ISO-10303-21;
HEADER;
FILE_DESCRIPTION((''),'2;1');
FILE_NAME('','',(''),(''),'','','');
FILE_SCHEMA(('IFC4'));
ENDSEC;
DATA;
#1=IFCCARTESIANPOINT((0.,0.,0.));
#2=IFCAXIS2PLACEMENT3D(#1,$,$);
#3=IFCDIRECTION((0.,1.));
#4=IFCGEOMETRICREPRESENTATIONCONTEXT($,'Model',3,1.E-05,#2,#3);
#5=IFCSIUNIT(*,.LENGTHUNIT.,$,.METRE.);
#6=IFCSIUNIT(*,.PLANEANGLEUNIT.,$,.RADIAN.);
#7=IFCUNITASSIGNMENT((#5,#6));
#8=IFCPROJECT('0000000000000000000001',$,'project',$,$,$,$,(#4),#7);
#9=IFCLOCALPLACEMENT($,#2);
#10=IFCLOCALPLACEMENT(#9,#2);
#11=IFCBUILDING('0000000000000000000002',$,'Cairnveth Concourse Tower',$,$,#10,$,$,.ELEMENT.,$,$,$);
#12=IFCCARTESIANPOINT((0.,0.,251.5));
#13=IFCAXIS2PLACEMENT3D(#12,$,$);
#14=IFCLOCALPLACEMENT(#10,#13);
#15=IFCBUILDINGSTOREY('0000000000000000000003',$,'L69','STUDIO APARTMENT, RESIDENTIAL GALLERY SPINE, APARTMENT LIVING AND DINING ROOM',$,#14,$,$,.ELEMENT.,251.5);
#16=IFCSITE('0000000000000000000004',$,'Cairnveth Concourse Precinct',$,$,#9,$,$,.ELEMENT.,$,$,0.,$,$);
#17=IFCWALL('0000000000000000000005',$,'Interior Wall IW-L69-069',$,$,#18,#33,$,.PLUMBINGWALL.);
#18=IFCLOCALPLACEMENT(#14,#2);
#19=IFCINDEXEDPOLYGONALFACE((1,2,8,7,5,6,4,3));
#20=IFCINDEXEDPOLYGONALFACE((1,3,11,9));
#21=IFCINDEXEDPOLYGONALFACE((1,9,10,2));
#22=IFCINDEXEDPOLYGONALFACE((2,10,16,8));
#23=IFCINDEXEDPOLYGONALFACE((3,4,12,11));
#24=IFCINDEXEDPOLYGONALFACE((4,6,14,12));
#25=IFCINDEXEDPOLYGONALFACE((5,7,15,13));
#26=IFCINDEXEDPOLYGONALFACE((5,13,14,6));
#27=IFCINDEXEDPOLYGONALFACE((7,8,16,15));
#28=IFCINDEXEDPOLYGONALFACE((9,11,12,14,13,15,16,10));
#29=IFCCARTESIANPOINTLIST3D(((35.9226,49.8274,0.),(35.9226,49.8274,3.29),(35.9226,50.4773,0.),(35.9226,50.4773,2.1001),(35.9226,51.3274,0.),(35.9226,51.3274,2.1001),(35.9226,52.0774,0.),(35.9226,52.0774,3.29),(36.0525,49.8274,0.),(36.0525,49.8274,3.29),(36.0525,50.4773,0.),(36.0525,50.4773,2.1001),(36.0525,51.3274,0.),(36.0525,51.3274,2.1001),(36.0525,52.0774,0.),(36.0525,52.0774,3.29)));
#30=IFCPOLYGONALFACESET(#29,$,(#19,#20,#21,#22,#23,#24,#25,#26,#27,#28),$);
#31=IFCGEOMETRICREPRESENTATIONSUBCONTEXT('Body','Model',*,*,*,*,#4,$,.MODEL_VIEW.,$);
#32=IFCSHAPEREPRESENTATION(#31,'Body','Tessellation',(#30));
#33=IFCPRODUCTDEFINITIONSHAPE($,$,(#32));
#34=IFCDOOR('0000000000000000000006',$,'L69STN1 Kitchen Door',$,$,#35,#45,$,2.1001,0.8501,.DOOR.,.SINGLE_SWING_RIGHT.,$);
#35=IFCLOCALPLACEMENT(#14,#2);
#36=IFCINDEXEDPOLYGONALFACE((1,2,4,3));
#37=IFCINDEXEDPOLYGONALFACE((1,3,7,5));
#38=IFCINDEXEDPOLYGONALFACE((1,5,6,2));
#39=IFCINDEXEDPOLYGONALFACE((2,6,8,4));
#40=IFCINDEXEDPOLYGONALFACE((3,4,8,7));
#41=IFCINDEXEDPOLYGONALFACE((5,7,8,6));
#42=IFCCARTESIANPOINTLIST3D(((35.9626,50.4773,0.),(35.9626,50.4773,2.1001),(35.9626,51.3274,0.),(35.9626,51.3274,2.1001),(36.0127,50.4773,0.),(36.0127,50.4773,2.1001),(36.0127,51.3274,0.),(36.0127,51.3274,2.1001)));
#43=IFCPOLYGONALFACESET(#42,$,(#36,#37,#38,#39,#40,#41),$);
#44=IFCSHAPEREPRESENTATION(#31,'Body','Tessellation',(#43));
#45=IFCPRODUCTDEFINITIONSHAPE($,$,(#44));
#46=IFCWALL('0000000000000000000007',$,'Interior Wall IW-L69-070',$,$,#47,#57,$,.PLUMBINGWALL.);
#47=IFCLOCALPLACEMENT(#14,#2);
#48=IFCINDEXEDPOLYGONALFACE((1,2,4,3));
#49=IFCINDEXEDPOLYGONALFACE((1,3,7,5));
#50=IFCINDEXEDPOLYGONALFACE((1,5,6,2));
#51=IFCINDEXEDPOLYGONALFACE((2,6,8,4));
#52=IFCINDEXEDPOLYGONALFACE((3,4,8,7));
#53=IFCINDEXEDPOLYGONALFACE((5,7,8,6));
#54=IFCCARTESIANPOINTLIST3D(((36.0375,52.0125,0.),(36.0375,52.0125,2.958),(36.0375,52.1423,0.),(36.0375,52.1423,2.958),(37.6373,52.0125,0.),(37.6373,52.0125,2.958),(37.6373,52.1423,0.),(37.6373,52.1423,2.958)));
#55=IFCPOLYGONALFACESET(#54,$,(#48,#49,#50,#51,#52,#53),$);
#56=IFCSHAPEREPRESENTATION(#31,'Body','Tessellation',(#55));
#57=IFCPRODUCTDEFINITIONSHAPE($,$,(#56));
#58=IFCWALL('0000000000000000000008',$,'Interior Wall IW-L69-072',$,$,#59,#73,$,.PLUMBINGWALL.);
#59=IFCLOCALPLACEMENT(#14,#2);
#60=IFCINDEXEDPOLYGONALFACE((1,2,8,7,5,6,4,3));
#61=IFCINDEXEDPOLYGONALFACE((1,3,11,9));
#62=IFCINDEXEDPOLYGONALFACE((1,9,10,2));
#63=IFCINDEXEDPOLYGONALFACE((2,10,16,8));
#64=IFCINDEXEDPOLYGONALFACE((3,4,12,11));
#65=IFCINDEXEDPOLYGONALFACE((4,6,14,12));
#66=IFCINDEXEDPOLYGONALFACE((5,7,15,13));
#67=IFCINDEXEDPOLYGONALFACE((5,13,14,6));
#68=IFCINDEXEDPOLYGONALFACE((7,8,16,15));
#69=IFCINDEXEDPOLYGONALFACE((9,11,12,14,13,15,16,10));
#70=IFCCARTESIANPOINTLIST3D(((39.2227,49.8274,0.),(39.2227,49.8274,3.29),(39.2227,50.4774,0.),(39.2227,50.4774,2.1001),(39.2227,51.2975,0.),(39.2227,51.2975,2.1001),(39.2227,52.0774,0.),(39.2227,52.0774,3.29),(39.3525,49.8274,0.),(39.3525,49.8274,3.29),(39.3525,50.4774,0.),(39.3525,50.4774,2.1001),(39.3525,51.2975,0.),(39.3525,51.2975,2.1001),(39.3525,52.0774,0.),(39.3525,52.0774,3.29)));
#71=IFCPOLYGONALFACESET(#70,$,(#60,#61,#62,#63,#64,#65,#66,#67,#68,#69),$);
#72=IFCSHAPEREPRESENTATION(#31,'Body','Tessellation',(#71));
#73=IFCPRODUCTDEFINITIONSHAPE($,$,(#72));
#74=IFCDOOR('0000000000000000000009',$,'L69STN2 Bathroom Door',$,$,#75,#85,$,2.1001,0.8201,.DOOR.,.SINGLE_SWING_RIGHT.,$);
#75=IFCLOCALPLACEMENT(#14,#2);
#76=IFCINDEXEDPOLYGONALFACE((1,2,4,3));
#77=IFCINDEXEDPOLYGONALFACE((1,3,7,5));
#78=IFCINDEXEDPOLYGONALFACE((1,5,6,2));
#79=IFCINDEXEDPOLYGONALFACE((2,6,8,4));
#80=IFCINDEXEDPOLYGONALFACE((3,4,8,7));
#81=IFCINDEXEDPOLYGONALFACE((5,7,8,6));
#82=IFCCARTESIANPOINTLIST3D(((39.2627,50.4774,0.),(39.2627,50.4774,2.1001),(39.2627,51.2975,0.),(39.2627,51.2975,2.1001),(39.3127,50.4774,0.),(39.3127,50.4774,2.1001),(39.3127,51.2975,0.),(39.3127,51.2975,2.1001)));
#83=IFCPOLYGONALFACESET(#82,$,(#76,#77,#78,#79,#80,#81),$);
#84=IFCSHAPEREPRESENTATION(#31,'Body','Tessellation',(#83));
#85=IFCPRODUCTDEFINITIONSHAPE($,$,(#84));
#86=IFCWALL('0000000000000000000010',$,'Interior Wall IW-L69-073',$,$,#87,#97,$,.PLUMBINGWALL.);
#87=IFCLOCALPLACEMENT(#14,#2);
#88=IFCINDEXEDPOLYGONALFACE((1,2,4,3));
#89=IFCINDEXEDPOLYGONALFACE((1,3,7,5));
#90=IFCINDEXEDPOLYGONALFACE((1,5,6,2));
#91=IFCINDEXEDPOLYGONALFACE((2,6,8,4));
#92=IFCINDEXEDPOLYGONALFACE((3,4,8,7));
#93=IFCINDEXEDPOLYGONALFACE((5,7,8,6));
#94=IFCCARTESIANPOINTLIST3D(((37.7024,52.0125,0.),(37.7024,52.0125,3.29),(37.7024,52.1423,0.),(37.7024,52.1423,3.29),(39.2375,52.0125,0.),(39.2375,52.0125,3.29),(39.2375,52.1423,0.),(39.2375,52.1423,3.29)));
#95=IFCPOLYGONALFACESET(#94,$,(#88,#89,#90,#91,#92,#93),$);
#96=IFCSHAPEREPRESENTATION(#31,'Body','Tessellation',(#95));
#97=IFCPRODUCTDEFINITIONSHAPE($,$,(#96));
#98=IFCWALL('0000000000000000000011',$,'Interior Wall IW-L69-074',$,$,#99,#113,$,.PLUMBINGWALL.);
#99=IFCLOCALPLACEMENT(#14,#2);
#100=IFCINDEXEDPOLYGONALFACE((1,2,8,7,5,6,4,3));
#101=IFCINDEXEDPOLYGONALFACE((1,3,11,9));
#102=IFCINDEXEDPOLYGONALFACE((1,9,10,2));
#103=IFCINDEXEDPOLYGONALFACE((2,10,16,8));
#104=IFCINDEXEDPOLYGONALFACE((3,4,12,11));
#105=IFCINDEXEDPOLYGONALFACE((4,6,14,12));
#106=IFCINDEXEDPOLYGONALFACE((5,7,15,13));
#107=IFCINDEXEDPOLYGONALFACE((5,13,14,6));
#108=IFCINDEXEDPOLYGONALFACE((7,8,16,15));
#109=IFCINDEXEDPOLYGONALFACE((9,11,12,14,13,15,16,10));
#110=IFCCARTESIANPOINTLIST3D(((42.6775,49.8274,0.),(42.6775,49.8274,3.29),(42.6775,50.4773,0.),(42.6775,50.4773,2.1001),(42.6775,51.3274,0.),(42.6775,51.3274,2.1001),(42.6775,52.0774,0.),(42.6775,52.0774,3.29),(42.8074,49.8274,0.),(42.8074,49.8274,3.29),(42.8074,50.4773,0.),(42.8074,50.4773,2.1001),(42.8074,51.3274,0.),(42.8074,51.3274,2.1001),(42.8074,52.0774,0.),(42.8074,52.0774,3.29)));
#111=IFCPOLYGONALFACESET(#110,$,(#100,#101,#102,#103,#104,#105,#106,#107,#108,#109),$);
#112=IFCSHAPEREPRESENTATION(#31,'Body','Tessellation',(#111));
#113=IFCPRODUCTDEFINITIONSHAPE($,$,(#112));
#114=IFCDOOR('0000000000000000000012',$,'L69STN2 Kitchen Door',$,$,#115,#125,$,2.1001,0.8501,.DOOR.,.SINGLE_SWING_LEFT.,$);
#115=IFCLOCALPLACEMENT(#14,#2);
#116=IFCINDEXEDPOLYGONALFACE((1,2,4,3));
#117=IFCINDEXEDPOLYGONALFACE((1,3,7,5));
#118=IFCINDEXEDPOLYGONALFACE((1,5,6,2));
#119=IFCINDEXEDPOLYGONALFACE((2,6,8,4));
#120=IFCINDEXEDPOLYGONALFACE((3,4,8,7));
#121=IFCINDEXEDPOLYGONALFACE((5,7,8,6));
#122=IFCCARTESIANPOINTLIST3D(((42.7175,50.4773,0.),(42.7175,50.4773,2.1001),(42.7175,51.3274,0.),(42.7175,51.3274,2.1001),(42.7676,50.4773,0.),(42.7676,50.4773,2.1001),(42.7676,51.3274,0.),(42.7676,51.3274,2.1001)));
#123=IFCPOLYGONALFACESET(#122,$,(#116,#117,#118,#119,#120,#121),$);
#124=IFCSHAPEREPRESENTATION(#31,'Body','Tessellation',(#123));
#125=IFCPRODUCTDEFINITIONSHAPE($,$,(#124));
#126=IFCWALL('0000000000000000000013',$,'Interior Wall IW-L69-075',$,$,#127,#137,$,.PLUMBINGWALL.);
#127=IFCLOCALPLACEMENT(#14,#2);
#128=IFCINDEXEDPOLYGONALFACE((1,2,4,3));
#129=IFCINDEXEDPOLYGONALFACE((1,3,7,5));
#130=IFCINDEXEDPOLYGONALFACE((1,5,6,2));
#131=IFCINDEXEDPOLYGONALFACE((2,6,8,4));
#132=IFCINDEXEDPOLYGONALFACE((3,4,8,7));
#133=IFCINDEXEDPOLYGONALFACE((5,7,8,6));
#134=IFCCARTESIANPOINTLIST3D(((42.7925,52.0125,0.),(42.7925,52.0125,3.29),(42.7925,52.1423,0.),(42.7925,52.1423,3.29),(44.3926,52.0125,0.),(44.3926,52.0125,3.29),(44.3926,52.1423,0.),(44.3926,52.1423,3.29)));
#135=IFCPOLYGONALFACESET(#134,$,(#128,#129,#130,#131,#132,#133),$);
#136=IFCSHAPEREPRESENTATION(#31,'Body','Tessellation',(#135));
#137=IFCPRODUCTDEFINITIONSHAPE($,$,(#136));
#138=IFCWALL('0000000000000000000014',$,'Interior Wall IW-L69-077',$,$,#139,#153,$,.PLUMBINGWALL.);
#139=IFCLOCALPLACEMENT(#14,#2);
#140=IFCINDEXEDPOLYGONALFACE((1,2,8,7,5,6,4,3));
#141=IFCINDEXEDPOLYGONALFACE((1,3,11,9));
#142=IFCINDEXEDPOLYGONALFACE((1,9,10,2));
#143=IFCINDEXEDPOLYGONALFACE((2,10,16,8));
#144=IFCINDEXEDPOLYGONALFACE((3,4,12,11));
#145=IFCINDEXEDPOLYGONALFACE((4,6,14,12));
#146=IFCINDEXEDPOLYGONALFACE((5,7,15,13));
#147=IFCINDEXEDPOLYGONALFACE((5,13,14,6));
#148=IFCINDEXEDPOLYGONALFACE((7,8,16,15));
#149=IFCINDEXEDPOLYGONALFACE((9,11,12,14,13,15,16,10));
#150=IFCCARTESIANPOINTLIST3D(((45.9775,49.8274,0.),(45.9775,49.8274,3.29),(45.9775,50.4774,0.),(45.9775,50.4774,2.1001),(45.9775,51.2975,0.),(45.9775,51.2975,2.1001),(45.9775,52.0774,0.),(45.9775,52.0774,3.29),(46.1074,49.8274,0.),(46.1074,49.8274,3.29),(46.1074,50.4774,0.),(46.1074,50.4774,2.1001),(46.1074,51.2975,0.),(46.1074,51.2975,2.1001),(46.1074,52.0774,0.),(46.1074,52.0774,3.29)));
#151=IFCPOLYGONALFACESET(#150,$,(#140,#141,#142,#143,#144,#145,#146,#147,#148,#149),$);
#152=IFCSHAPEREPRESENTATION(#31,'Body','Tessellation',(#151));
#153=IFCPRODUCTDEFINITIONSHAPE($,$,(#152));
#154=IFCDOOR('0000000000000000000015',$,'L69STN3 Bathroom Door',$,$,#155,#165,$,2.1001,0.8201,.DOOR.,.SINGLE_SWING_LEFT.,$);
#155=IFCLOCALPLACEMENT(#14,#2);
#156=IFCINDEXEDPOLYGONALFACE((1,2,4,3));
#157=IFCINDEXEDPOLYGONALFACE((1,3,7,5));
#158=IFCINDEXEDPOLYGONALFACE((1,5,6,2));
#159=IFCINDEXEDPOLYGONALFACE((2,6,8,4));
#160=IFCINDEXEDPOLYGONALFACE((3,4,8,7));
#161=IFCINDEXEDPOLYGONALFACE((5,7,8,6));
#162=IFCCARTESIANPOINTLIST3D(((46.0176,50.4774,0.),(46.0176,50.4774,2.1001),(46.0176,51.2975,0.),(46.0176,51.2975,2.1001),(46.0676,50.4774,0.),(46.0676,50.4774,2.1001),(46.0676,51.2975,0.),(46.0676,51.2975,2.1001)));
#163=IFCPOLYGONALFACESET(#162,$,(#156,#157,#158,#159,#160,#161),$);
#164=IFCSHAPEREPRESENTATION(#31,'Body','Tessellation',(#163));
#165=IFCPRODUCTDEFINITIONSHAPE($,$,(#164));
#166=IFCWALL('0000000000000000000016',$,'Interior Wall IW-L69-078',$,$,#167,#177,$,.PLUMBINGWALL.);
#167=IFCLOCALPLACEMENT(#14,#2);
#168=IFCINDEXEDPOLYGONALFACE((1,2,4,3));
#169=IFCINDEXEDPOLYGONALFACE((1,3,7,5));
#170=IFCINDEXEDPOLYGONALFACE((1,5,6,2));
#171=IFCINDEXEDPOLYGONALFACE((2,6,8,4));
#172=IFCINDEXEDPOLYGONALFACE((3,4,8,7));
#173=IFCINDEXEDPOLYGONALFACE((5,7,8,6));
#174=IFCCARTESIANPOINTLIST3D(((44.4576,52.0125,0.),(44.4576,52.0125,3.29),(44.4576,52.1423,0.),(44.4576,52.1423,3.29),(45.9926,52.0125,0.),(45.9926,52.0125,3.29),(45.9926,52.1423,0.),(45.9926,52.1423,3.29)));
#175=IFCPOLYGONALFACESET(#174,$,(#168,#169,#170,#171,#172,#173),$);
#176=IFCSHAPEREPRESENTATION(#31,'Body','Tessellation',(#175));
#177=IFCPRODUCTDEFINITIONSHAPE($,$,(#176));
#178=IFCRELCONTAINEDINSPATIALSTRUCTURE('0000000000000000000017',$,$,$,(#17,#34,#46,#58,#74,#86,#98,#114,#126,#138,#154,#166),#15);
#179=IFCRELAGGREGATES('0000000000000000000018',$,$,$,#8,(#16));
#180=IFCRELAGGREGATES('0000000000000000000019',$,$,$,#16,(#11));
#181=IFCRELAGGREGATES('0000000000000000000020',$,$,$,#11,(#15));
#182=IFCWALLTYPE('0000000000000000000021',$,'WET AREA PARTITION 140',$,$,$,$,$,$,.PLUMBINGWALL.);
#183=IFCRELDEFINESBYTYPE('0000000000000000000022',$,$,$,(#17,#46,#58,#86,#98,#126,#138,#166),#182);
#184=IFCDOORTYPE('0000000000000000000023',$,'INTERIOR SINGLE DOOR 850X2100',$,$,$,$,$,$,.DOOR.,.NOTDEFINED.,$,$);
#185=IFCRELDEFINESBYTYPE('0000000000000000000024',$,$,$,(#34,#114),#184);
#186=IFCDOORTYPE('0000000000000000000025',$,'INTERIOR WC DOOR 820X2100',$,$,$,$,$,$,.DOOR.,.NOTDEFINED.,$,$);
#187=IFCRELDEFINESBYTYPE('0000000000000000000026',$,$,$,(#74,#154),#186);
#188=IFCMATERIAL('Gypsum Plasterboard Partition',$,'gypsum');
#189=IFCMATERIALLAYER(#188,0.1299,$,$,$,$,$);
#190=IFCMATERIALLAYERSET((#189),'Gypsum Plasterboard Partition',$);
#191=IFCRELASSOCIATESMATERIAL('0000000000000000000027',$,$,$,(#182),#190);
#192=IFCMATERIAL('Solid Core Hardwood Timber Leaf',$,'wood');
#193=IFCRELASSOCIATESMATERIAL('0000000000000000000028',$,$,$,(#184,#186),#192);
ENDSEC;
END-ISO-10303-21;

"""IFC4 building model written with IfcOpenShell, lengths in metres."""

from ifc_helpers import new_model, si_unit, direction, frame, frame_2d, origin, place, context, subcontext, project, spatial, rectangle, extrude, material, layer, layer_set, type_object, element, fill, save


model = new_model("IFC4")

# Units and contexts
model_context = context("Model", 3, precision=1e-05, world=origin(), true_north=direction((0.0, 1.0)))
body_context = subcontext(model_context, "Body", "Model", "MODEL_VIEW")
ifc_project = project(units=[si_unit("LENGTHUNIT", "METRE"), si_unit("PLANEANGLEUNIT", "RADIAN")], contexts=[model_context])

# Site, building, storey
site_placement = place(None, origin())
site = spatial("IfcSite", under=ifc_project, at=site_placement, Name="Cairnveth Concourse Precinct", CompositionType="ELEMENT", RefElevation=0.0)
building_placement = place(site_placement, origin())
building = spatial("IfcBuilding", under=site, at=building_placement, Name="Cairnveth Concourse Tower", CompositionType="ELEMENT")
storey_placement = place(building_placement, frame((0.0, 0.0, 251.5)))
storey = spatial("IfcBuildingStorey", under=building, at=storey_placement, Name="L69", Description="STUDIO APARTMENT, RESIDENTIAL GALLERY SPINE, APARTMENT LIVING AND DINING ROOM", CompositionType="ELEMENT", Elevation=251.5)

# Shared definitions
ifc_material_1 = material(Name="Gypsum Plasterboard Partition", Category="gypsum")

# Wall, opening, door
ifc_layer_1 = layer(ifc_material_1, 0.1299)
ifc_layer_set_1 = layer_set([ifc_layer_1], Name="Gypsum Plasterboard Partition")
wall_type_1 = type_object("IfcWallType", Name="WET AREA PARTITION 140", PredefinedType="PLUMBINGWALL", material=ifc_layer_set_1)
wall_1_placement = place(storey_placement, frame((35.9875, 49.8274, 0.0), z_axis=(0.0, 0.0, 1.0), x_axis=(0.0, 1.0, 0.0)))
wall_1 = element("IfcWall", 1, at=wall_1_placement, inside=storey, type_object=wall_type_1, Name="Interior Wall IW-L69-069", PredefinedType="PLUMBINGWALL", context=body_context, shape_type="SweptSolid", body=[
    extrude(rectangle(XDim=2.25, YDim=0.1299, at=frame_2d((1.125, 0.0))), origin(), (0.0, 0.0, 1.0), 3.29),
])
opening_1_placement = place(wall_1_placement, frame((0.6499, 0.0, 0.0)))
opening_1 = element("IfcOpeningElement", 2, at=opening_1_placement, cuts=wall_1, PredefinedType="OPENING", context=body_context, shape_type="SweptSolid", body=[
    extrude(rectangle(XDim=0.8501, YDim=2.1001, at=frame_2d((0.425, 1.05))), frame((0.0, 0.075, 0.0), z_axis=(0.0, -1.0, 0.0), x_axis=(1.0, 0.0, 0.0)), (0.0, 0.0, 1.0), 0.1499),
])
ifc_material_2 = material(Name="Solid Core Hardwood Timber Leaf", Category="wood")
door_type_1 = type_object("IfcDoorType", Name="INTERIOR SINGLE DOOR 850X2100", OperationType="NOTDEFINED", PredefinedType="DOOR", material=ifc_material_2)
door_1_placement = place(opening_1_placement, origin())
door_1 = element("IfcDoor", 3, at=door_1_placement, inside=storey, type_object=door_type_1, Name="L69STN1 Kitchen Door", OperationType="SINGLE_SWING_RIGHT", OverallHeight=2.1001, OverallWidth=0.8501, PredefinedType="DOOR", context=body_context, shape_type="SweptSolid", body=[
    extrude(rectangle(XDim=0.8501, YDim=2.1001, at=frame_2d((0.425, 1.05))), frame((0.0, 0.0249, 0.0), z_axis=(0.0, -1.0, 0.0), x_axis=(1.0, 0.0, 0.0)), (0.0, 0.0, 1.0), 0.05),
])
fill(opening_1, door_1)

# Wall
wall_2_placement = place(storey_placement, frame((36.0376, 52.0774, 0.0), z_axis=(0.0, 0.0, 1.0), x_axis=(1.0, 0.0, 0.0)))
element("IfcWall", 4, at=wall_2_placement, inside=storey, type_object=wall_type_1, Name="Interior Wall IW-L69-070", PredefinedType="PLUMBINGWALL", context=body_context, shape_type="SweptSolid", body=[
    extrude(rectangle(XDim=1.5999, YDim=0.1299, at=frame_2d((0.7998, 0.0))), origin(), (0.0, 0.0, 1.0), 2.958),
])

# Wall, opening, door
wall_3_placement = place(storey_placement, frame((39.2876, 49.8274, 0.0), z_axis=(0.0, 0.0, 1.0), x_axis=(0.0, 1.0, 0.0)))
wall_3 = element("IfcWall", 5, at=wall_3_placement, inside=storey, type_object=wall_type_1, Name="Interior Wall IW-L69-072", PredefinedType="PLUMBINGWALL", context=body_context, shape_type="SweptSolid", body=[
    extrude(rectangle(XDim=2.25, YDim=0.1299, at=frame_2d((1.125, 0.0))), origin(), (0.0, 0.0, 1.0), 3.29),
])
opening_2_placement = place(wall_3_placement, frame((0.6499, 0.0, 0.0)))
opening_2 = element("IfcOpeningElement", 6, at=opening_2_placement, cuts=wall_3, PredefinedType="OPENING", context=body_context, shape_type="SweptSolid", body=[
    extrude(rectangle(XDim=0.8201, YDim=2.1001, at=frame_2d((0.4102, 1.05))), frame((0.0, 0.075, 0.0), z_axis=(0.0, -1.0, 0.0), x_axis=(1.0, 0.0, 0.0)), (0.0, 0.0, 1.0), 0.1499),
])
door_type_2 = type_object("IfcDoorType", Name="INTERIOR WC DOOR 820X2100", OperationType="NOTDEFINED", PredefinedType="DOOR", material=ifc_material_2)
door_2_placement = place(opening_2_placement, origin())
door_2 = element("IfcDoor", 7, at=door_2_placement, inside=storey, type_object=door_type_2, Name="L69STN2 Bathroom Door", OperationType="SINGLE_SWING_RIGHT", OverallHeight=2.1001, OverallWidth=0.8201, PredefinedType="DOOR", context=body_context, shape_type="SweptSolid", body=[
    extrude(rectangle(XDim=0.8201, YDim=2.1001, at=frame_2d((0.4102, 1.05))), frame((0.0, 0.0249, 0.0), z_axis=(0.0, -1.0, 0.0), x_axis=(1.0, 0.0, 0.0)), (0.0, 0.0, 1.0), 0.05),
])
fill(opening_2, door_2)

# Wall
wall_4_placement = place(storey_placement, frame((37.7024, 52.0774, 0.0), z_axis=(0.0, 0.0, 1.0), x_axis=(1.0, 0.0, 0.0)))
element("IfcWall", 8, at=wall_4_placement, inside=storey, type_object=wall_type_1, Name="Interior Wall IW-L69-073", PredefinedType="PLUMBINGWALL", context=body_context, shape_type="SweptSolid", body=[
    extrude(rectangle(XDim=1.5352, YDim=0.1299, at=frame_2d((0.7676, 0.0))), origin(), (0.0, 0.0, 1.0), 3.29),
])

# Wall, opening, door
wall_5_placement = place(storey_placement, frame((42.7424, 49.8274, 0.0), z_axis=(0.0, 0.0, 1.0), x_axis=(0.0, 1.0, 0.0)))
wall_5 = element("IfcWall", 9, at=wall_5_placement, inside=storey, type_object=wall_type_1, Name="Interior Wall IW-L69-074", PredefinedType="PLUMBINGWALL", context=body_context, shape_type="SweptSolid", body=[
    extrude(rectangle(XDim=2.25, YDim=0.1299, at=frame_2d((1.125, 0.0))), origin(), (0.0, 0.0, 1.0), 3.29),
])
opening_3_placement = place(wall_5_placement, frame((0.6499, 0.0, 0.0)))
opening_3 = element("IfcOpeningElement", 10, at=opening_3_placement, cuts=wall_5, PredefinedType="OPENING", context=body_context, shape_type="SweptSolid", body=[
    extrude(rectangle(XDim=0.8501, YDim=2.1001, at=frame_2d((0.425, 1.05))), frame((0.0, 0.075, 0.0), z_axis=(0.0, -1.0, 0.0), x_axis=(1.0, 0.0, 0.0)), (0.0, 0.0, 1.0), 0.1499),
])
door_3_placement = place(opening_3_placement, origin())
door_3 = element("IfcDoor", 11, at=door_3_placement, inside=storey, type_object=door_type_1, Name="L69STN2 Kitchen Door", OperationType="SINGLE_SWING_LEFT", OverallHeight=2.1001, OverallWidth=0.8501, PredefinedType="DOOR", context=body_context, shape_type="SweptSolid", body=[
    extrude(rectangle(XDim=0.8501, YDim=2.1001, at=frame_2d((0.425, 1.05))), frame((0.0, 0.0249, 0.0), z_axis=(0.0, -1.0, 0.0), x_axis=(1.0, 0.0, 0.0)), (0.0, 0.0, 1.0), 0.05),
])
fill(opening_3, door_3)

# Wall
wall_6_placement = place(storey_placement, frame((42.7925, 52.0774, 0.0), z_axis=(0.0, 0.0, 1.0), x_axis=(1.0, 0.0, 0.0)))
element("IfcWall", 12, at=wall_6_placement, inside=storey, type_object=wall_type_1, Name="Interior Wall IW-L69-075", PredefinedType="PLUMBINGWALL", context=body_context, shape_type="SweptSolid", body=[
    extrude(rectangle(XDim=1.6001, YDim=0.1299, at=frame_2d((0.8, 0.0))), origin(), (0.0, 0.0, 1.0), 3.29),
])

# Wall, opening, door
wall_7_placement = place(storey_placement, frame((46.0425, 49.8274, 0.0), z_axis=(0.0, 0.0, 1.0), x_axis=(0.0, 1.0, 0.0)))
wall_7 = element("IfcWall", 13, at=wall_7_placement, inside=storey, type_object=wall_type_1, Name="Interior Wall IW-L69-077", PredefinedType="PLUMBINGWALL", context=body_context, shape_type="SweptSolid", body=[
    extrude(rectangle(XDim=2.25, YDim=0.1299, at=frame_2d((1.125, 0.0))), origin(), (0.0, 0.0, 1.0), 3.29),
])
opening_4_placement = place(wall_7_placement, frame((0.6499, 0.0, 0.0)))
opening_4 = element("IfcOpeningElement", 14, at=opening_4_placement, cuts=wall_7, PredefinedType="OPENING", context=body_context, shape_type="SweptSolid", body=[
    extrude(rectangle(XDim=0.8201, YDim=2.1001, at=frame_2d((0.4102, 1.05))), frame((0.0, 0.075, 0.0), z_axis=(0.0, -1.0, 0.0), x_axis=(1.0, 0.0, 0.0)), (0.0, 0.0, 1.0), 0.1499),
])
door_4_placement = place(opening_4_placement, origin())
door_4 = element("IfcDoor", 15, at=door_4_placement, inside=storey, type_object=door_type_2, Name="L69STN3 Bathroom Door", OperationType="SINGLE_SWING_LEFT", OverallHeight=2.1001, OverallWidth=0.8201, PredefinedType="DOOR", context=body_context, shape_type="SweptSolid", body=[
    extrude(rectangle(XDim=0.8201, YDim=2.1001, at=frame_2d((0.4102, 1.05))), frame((0.0, 0.0249, 0.0), z_axis=(0.0, -1.0, 0.0), x_axis=(1.0, 0.0, 0.0)), (0.0, 0.0, 1.0), 0.05),
])
fill(opening_4, door_4)

# Wall
wall_8_placement = place(storey_placement, frame((44.4575, 52.0774, 0.0), z_axis=(0.0, 0.0, 1.0), x_axis=(1.0, 0.0, 0.0)))
element("IfcWall", 16, at=wall_8_placement, inside=storey, type_object=wall_type_1, Name="Interior Wall IW-L69-078", PredefinedType="PLUMBINGWALL", context=body_context, shape_type="SweptSolid", body=[
    extrude(rectangle(XDim=1.5349, YDim=0.1299, at=frame_2d((0.7676, 0.0))), origin(), (0.0, 0.0, 1.0), 3.29),
])

save(model, "model.ifc")
